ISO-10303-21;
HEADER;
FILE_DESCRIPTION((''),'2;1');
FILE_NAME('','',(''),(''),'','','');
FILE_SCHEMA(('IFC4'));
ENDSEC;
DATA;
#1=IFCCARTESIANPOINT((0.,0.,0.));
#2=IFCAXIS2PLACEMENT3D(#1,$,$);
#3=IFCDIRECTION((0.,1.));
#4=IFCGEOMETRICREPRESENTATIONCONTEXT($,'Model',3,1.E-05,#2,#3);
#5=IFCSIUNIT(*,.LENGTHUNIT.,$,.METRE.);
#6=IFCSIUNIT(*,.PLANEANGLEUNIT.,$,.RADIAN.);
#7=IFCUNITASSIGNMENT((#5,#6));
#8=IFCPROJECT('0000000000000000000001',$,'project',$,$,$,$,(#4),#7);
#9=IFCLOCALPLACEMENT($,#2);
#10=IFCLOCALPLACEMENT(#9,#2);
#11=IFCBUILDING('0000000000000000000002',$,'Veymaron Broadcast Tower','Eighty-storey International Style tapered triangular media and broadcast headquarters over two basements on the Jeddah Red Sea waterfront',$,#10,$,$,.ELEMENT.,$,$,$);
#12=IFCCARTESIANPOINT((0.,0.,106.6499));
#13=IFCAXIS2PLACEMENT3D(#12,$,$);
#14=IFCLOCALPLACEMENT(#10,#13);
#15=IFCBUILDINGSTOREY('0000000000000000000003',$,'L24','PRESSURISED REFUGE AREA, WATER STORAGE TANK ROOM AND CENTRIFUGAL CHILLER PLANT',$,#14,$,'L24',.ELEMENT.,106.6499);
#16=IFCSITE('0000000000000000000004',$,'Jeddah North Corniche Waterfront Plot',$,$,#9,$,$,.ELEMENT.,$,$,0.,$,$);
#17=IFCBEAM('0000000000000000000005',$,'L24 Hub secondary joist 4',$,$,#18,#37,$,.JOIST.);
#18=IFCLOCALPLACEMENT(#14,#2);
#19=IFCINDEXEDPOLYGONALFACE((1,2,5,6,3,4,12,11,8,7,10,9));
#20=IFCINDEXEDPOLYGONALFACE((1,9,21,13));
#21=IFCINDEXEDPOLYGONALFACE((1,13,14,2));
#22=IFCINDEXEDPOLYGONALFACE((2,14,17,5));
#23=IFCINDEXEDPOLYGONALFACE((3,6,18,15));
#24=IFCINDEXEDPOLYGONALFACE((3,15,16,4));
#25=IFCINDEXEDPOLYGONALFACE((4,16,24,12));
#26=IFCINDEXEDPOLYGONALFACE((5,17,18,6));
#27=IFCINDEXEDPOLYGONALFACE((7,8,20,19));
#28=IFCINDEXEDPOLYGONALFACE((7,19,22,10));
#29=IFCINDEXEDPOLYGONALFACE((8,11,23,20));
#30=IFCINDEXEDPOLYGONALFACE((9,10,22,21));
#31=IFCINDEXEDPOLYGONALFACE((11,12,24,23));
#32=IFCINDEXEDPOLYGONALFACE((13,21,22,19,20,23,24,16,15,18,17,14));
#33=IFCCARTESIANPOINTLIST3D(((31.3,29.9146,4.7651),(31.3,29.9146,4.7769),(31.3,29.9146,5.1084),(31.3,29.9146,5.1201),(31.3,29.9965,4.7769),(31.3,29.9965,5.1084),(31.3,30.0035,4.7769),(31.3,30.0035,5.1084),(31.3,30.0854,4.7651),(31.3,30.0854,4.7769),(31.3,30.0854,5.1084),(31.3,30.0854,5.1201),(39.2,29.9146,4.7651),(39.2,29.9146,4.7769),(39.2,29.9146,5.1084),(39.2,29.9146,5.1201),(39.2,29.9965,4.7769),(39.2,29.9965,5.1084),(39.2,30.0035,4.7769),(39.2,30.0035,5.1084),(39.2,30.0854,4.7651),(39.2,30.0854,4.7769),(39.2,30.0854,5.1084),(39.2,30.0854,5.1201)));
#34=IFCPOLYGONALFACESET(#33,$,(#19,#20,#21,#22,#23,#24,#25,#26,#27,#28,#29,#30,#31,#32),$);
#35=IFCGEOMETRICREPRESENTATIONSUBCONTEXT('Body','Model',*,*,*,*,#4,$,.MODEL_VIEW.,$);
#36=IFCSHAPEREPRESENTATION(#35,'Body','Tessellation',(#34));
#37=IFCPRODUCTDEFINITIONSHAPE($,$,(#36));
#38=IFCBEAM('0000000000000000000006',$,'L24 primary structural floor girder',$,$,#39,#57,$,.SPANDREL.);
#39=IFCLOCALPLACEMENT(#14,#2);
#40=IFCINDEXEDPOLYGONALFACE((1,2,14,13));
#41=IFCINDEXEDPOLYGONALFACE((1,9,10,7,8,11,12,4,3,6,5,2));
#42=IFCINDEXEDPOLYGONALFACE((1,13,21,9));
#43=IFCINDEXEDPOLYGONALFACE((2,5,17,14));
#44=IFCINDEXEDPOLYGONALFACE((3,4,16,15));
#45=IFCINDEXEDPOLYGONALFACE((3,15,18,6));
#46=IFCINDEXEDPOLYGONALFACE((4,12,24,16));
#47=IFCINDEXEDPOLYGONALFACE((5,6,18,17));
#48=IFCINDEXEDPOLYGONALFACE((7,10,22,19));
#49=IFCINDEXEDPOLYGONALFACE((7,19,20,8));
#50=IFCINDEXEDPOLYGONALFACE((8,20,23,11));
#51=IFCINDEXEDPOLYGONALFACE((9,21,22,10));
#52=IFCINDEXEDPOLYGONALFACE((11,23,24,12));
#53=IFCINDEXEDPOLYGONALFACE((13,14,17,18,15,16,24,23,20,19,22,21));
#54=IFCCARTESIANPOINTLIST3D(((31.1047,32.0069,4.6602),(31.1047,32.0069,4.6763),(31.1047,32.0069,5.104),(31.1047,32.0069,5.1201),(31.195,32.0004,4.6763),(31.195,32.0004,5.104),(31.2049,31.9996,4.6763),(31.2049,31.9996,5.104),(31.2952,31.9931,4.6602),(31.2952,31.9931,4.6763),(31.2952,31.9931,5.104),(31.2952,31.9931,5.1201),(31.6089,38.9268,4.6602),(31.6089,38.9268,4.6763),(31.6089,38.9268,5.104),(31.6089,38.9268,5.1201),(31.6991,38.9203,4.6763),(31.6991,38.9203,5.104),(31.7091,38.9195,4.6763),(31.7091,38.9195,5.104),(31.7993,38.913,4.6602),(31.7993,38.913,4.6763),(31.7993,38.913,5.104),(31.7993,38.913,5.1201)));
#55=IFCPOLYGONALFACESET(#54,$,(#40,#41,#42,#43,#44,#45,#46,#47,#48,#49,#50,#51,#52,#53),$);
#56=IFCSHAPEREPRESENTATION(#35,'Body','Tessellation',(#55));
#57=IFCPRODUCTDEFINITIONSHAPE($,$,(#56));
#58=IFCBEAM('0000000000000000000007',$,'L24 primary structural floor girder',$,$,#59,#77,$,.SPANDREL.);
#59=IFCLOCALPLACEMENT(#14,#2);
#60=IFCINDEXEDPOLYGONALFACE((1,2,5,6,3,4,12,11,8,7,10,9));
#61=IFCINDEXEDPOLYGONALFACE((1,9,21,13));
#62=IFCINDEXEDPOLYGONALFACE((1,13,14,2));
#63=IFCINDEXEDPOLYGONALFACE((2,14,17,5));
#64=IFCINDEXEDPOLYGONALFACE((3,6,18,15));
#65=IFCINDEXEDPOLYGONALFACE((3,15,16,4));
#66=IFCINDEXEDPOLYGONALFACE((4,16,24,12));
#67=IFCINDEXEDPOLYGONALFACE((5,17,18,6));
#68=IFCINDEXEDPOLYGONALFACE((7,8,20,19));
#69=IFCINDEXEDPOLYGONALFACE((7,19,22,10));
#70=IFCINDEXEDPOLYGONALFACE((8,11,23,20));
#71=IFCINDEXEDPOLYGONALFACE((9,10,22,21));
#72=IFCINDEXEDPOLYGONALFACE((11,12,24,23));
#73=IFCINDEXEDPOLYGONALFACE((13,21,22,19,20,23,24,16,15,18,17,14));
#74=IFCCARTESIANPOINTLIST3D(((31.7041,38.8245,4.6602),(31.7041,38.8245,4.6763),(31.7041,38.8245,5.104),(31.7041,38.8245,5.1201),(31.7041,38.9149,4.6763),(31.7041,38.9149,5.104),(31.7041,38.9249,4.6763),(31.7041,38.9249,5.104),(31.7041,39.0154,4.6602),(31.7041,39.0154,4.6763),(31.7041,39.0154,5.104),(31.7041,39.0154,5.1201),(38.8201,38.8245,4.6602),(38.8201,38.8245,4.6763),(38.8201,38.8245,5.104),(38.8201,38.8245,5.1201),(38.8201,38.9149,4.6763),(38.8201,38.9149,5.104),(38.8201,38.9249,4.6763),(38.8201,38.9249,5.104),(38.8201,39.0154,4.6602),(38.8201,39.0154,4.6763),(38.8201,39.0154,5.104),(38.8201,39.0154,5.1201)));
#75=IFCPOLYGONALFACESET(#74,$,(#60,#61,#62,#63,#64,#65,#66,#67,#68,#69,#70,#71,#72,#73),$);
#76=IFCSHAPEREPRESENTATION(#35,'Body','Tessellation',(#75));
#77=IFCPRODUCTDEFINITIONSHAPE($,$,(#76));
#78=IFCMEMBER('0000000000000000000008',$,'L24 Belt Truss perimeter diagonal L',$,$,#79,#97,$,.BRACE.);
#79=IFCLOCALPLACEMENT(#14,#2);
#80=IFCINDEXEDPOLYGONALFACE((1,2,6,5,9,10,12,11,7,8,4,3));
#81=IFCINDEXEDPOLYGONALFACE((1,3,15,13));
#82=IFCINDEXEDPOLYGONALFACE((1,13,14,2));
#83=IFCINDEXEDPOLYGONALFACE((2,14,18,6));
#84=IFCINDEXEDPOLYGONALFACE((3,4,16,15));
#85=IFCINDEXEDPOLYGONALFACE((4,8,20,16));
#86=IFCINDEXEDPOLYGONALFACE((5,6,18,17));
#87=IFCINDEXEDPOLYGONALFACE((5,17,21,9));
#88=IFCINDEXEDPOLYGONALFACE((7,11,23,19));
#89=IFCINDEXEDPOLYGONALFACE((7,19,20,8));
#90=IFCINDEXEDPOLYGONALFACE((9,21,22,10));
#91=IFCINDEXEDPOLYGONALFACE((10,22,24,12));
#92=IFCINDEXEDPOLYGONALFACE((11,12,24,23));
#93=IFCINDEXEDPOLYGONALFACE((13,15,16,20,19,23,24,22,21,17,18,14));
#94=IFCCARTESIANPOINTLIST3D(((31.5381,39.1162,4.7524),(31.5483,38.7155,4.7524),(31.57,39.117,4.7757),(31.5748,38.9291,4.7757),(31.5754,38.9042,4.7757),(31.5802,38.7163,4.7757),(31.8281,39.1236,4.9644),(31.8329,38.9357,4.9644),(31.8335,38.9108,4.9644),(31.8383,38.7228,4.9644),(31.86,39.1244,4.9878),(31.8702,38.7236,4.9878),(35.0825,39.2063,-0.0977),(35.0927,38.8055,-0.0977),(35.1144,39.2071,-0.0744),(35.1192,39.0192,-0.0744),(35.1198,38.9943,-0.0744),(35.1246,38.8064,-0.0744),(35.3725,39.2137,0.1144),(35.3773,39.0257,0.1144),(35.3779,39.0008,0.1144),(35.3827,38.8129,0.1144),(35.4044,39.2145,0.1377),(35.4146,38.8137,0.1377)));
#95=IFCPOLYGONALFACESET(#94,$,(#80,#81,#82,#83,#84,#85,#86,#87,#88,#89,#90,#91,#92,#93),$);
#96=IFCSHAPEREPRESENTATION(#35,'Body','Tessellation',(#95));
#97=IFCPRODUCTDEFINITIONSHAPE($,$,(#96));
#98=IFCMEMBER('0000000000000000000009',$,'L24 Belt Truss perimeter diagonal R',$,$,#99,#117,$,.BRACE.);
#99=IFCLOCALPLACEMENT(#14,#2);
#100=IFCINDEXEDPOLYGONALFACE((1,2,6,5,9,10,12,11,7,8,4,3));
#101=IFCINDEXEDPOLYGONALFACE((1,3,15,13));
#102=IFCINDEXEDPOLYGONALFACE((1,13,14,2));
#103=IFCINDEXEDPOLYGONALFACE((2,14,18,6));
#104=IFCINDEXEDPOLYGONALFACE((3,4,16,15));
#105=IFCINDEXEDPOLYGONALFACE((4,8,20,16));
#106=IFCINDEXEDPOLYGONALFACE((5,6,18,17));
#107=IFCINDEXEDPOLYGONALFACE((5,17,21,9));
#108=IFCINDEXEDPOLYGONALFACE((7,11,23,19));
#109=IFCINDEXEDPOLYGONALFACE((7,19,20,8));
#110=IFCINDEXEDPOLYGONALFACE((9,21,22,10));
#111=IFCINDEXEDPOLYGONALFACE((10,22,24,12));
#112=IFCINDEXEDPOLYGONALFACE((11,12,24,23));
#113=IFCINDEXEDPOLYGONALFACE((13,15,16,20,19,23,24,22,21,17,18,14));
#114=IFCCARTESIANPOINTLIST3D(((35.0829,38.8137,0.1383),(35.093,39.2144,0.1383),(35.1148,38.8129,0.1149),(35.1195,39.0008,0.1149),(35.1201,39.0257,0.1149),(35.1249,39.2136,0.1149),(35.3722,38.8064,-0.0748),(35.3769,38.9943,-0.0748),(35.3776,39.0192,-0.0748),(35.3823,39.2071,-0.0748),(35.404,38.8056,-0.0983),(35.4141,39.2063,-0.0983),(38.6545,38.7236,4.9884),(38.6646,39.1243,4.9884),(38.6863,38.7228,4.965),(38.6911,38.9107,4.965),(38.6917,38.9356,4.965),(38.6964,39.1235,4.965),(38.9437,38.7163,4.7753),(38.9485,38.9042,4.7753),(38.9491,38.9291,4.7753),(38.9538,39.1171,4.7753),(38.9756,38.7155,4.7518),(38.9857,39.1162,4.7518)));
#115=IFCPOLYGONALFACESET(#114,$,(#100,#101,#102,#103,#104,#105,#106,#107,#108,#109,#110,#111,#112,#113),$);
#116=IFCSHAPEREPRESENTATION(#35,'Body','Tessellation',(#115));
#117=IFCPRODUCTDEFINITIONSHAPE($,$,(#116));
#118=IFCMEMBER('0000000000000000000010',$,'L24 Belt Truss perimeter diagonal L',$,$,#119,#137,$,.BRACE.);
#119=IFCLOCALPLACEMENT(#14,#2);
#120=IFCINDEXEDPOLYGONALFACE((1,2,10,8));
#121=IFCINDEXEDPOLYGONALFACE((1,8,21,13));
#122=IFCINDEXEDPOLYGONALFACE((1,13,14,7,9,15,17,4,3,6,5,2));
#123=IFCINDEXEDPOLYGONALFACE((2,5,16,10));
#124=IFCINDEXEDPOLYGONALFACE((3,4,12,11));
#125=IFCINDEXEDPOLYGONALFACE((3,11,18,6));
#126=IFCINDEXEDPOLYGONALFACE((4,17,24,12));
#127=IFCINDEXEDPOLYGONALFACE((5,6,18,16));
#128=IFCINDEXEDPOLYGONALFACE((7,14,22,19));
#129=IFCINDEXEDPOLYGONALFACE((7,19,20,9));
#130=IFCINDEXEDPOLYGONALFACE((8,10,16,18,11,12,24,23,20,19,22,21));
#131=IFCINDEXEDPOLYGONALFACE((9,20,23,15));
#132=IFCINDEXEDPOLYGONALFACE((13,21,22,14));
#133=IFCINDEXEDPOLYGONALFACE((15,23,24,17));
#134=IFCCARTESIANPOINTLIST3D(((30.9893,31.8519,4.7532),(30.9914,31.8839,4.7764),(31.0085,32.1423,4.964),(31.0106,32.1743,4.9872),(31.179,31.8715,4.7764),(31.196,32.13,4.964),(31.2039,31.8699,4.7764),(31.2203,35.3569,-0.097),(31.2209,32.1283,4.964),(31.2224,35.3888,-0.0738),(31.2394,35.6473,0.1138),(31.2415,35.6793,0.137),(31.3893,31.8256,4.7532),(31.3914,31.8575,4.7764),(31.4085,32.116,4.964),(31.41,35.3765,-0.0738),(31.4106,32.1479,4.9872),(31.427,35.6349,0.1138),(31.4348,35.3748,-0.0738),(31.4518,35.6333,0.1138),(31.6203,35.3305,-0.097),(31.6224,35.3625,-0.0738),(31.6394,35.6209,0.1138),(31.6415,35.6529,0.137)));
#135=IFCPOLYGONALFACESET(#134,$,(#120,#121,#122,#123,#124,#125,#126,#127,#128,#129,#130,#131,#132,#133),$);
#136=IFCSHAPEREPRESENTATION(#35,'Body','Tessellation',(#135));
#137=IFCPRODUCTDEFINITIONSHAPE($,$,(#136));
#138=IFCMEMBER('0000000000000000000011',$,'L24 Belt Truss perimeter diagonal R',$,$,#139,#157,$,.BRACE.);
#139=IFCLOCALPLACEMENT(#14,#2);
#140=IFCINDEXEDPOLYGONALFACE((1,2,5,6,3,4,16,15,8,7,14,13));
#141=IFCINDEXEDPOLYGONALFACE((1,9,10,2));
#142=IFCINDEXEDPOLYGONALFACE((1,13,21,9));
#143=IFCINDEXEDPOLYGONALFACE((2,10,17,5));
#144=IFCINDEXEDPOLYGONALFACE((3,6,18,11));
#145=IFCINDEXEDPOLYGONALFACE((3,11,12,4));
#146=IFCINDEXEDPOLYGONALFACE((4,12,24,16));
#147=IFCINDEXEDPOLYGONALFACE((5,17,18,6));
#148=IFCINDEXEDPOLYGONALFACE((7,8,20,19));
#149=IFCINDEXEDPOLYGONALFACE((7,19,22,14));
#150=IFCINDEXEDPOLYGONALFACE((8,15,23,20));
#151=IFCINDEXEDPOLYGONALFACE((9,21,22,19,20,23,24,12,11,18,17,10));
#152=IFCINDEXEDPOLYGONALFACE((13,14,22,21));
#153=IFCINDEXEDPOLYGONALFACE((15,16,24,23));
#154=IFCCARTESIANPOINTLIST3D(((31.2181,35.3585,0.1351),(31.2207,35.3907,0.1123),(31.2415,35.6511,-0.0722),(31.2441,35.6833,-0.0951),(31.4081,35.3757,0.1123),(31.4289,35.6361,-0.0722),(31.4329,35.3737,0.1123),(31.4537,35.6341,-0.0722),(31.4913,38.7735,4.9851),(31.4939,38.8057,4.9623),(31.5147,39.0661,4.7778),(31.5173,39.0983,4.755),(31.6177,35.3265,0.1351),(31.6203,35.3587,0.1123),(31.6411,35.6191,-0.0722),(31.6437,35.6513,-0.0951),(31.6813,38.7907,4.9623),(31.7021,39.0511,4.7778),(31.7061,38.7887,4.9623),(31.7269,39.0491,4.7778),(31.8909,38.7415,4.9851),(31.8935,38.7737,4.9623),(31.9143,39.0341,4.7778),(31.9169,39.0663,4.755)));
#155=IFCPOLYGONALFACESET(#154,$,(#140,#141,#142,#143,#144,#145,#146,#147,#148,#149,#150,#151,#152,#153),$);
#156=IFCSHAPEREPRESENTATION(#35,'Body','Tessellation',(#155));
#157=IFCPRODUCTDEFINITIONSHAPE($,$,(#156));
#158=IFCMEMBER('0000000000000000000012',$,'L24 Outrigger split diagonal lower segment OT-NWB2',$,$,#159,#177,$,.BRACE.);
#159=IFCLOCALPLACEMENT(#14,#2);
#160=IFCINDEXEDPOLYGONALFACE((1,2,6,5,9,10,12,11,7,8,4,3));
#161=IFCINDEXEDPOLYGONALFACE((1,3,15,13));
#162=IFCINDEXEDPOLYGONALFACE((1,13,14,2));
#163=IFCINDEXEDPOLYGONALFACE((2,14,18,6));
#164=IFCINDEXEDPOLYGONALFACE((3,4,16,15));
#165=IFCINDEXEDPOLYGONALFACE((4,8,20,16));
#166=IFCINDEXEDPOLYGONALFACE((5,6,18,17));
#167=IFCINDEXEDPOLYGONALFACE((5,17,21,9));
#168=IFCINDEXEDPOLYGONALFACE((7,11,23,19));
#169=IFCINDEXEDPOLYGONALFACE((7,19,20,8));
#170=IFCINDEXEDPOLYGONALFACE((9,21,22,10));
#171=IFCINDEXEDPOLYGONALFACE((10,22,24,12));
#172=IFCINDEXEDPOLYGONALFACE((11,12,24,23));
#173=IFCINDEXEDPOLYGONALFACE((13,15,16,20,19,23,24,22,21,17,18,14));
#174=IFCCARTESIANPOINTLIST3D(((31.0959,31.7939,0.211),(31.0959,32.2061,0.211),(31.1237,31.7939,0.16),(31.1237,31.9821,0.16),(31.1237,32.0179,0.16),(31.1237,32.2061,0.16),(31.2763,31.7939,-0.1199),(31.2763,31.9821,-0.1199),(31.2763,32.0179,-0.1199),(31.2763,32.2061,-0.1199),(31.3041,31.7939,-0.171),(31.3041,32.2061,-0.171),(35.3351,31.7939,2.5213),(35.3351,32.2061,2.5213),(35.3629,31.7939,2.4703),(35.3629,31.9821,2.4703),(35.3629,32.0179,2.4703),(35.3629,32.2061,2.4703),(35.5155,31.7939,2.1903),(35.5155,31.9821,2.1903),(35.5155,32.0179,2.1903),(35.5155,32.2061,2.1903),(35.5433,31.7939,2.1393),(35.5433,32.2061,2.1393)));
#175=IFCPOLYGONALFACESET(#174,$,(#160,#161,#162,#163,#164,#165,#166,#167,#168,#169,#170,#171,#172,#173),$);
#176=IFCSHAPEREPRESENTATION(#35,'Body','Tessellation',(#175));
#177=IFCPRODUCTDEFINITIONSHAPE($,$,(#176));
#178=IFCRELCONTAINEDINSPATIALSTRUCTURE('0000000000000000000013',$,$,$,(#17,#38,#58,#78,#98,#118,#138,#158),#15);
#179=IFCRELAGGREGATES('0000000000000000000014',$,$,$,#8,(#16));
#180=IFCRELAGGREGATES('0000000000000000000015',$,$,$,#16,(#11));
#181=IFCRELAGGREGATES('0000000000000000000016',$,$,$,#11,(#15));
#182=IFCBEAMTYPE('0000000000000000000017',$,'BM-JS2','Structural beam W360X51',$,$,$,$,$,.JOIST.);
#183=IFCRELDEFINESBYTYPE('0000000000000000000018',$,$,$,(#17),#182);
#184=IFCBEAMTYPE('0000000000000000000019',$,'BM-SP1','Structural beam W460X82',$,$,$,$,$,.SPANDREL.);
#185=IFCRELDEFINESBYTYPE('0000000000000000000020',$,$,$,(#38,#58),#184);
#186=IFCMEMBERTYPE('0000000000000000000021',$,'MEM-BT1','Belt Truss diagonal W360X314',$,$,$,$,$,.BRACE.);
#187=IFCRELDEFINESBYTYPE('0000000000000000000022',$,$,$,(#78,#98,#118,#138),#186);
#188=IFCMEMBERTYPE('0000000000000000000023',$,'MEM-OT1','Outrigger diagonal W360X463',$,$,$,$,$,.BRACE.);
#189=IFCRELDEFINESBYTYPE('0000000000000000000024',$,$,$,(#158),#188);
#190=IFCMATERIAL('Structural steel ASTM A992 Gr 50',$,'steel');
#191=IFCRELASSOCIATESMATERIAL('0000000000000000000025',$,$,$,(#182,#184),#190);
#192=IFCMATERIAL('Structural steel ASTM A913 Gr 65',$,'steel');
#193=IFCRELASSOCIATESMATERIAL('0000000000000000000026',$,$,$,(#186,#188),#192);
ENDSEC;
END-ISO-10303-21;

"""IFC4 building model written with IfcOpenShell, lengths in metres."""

from ifc_helpers import new_model, si_unit, direction, frame, origin, origin_2d, place, context, subcontext, project, spatial, i_section, extrude, material, material_profile, profile_set, type_object, element, save


model = new_model("IFC4")

# Units and contexts
model_context = context("Model", 3, precision=1e-05, world=origin(), true_north=direction((0.0, 1.0)))
body_context = subcontext(model_context, "Body", "Model", "MODEL_VIEW")
ifc_project = project(units=[si_unit("LENGTHUNIT", "METRE"), si_unit("PLANEANGLEUNIT", "RADIAN")], contexts=[model_context])

# Site, building, storey
site_placement = place(None, origin())
site = spatial("IfcSite", under=ifc_project, at=site_placement, Name="Jeddah North Corniche Waterfront Plot", CompositionType="ELEMENT", RefElevation=0.0)
building_placement = place(site_placement, origin())
building = spatial("IfcBuilding", under=site, at=building_placement, Name="Veymaron Broadcast Tower", Description="Eighty-storey International Style tapered triangular media and broadcast headquarters over two basements on the Jeddah Red Sea waterfront", CompositionType="ELEMENT")
storey_placement = place(building_placement, frame((0.0, 0.0, 106.6499)))
storey = spatial("IfcBuildingStorey", under=building, at=storey_placement, Name="L24", Description="PRESSURISED REFUGE AREA, WATER STORAGE TANK ROOM AND CENTRIFUGAL CHILLER PLANT", LongName="L24", CompositionType="ELEMENT", Elevation=106.6499)

# Shared definitions
ifc_material_1 = material(Name="Structural steel ASTM A992 Gr 50", Category="steel")
ifc_material_2 = material(Name="Structural steel ASTM A913 Gr 65", Category="steel")

# Beams
ifc_material_profile_1 = material_profile(ifc_material_1, i_section(OverallWidth=0.1709, OverallDepth=0.355, WebThickness=0.0071, FlangeThickness=0.0117, at=origin_2d()), Name="W360X51")
ifc_profile_set_1 = profile_set([ifc_material_profile_1], Name="Structural steel ASTM A992 Gr 50")
beam_type_1 = type_object("IfcBeamType", Name="BM-JS2", Description="Structural beam W360X51", PredefinedType="JOIST", material=ifc_profile_set_1)
for number, where, z_axis, x_axis, name in (
    (1, (31.3, 30.0, 4.9426), (1.0, 0.0, 0.0), (0.0, 1.0, 0.0), "L24 Hub secondary joist 4"),
):
    element("IfcBeam", number, at=place(storey_placement, frame(where, z_axis=z_axis, x_axis=x_axis)), inside=storey, type_object=beam_type_1, Name=name, PredefinedType="JOIST", context=body_context, shape_type="SweptSolid", body=[
        extrude(i_section(OverallWidth=0.1709, OverallDepth=0.355, WebThickness=0.0071, FlangeThickness=0.0117, at=origin_2d()), origin(), (0.0, 0.0, 1.0), 7.8999),
    ])
ifc_material_profile_2 = material_profile(ifc_material_1, i_section(OverallWidth=0.1909, OverallDepth=0.46, WebThickness=0.01, FlangeThickness=0.0161, at=origin_2d()), Name="W460X82")
ifc_profile_set_2 = profile_set([ifc_material_profile_2], Name="Structural steel ASTM A992 Gr 50")
beam_type_2 = type_object("IfcBeamType", Name="BM-SP1", Description="Structural beam W460X82", PredefinedType="SPANDREL", material=ifc_profile_set_2)
beam_1_placement = place(storey_placement, frame((31.2, 32.0, 4.8901), z_axis=(0.072662, 0.997357, 0.0), x_axis=(-0.997357, 0.072662, 0.0)))
element("IfcBeam", 2, at=beam_1_placement, inside=storey, type_object=beam_type_2, Name="L24 primary structural floor girder", PredefinedType="SPANDREL", context=body_context, shape_type="SweptSolid", body=[
    extrude(i_section(OverallWidth=0.1909, OverallDepth=0.46, WebThickness=0.01, FlangeThickness=0.0161, at=origin_2d()), origin(), (0.0, 0.0, 1.0), 6.9382),
])
beam_2_placement = place(storey_placement, frame((31.7041, 38.9199, 4.8901), z_axis=(1.0, 0.0, 0.0), x_axis=(0.0, 1.0, 0.0)))
element("IfcBeam", 3, at=beam_2_placement, inside=storey, type_object=beam_type_2, Name="L24 primary structural floor girder", PredefinedType="SPANDREL", context=body_context, shape_type="SweptSolid", body=[
    extrude(i_section(OverallWidth=0.1909, OverallDepth=0.46, WebThickness=0.01, FlangeThickness=0.0161, at=origin_2d()), origin(), (0.0, 0.0, 1.0), 7.116),
])

# Members
ifc_material_profile_3 = material_profile(ifc_material_2, i_section(OverallWidth=0.4009, OverallDepth=0.3989, WebThickness=0.0249, FlangeThickness=0.0396, at=origin_2d()), Name="W360X314")
ifc_profile_set_3 = profile_set([ifc_material_profile_3], Name="Structural steel ASTM A913 Gr 65")
member_type_1 = type_object("IfcMemberType", Name="MEM-BT1", Description="Belt Truss diagonal W360X314", PredefinedType="BRACE", material=ifc_profile_set_3)
member_1_placement = place(storey_placement, frame((35.2485, 39.01, 0.02), z_axis=(-0.589965, -0.014995, 0.80729), x_axis=(0.025409, -0.999677, 0.0)))
element("IfcMember", 4, at=member_1_placement, inside=storey, type_object=member_type_1, Name="L24 Belt Truss perimeter diagonal L", PredefinedType="BRACE", context=body_context, shape_type="SweptSolid", body=[
    extrude(i_section(OverallWidth=0.4009, OverallDepth=0.3989, WebThickness=0.0249, FlangeThickness=0.0396, at=origin_2d()), origin(), (0.0, 0.0, 1.0), 6.0078),
])
member_2_placement = place(storey_placement, frame((35.2485, 39.01, 0.02), z_axis=(0.592894, -0.014955, 0.805142), x_axis=(0.025216, 0.999682, 0.0)))
element("IfcMember", 5, at=member_2_placement, inside=storey, type_object=member_type_1, Name="L24 Belt Truss perimeter diagonal R", PredefinedType="BRACE", context=body_context, shape_type="SweptSolid", body=[
    extrude(i_section(OverallWidth=0.4009, OverallDepth=0.3989, WebThickness=0.0249, FlangeThickness=0.0396, at=origin_2d()), origin(), (0.0, 0.0, 1.0), 6.0239),
])
member_3_placement = place(storey_placement, frame((31.4309, 35.5049, 0.02), z_axis=(-0.038567, -0.585278, 0.809915), x_axis=(0.997836, -0.065753, 0.0)))
element("IfcMember", 6, at=member_3_placement, inside=storey, type_object=member_type_1, Name="L24 Belt Truss perimeter diagonal L", PredefinedType="BRACE", context=body_context, shape_type="SweptSolid", body=[
    extrude(i_section(OverallWidth=0.4009, OverallDepth=0.3989, WebThickness=0.0249, FlangeThickness=0.0396, at=origin_2d()), origin(), (0.0, 0.0, 1.0), 5.9885),
])
member_4_placement = place(storey_placement, frame((31.4309, 35.5049, 0.02), z_axis=(0.046007, 0.57511, 0.816781), x_axis=(-0.996816, 0.079742, 0.0)))
element("IfcMember", 7, at=member_4_placement, inside=storey, type_object=member_type_1, Name="L24 Belt Truss perimeter diagonal R", PredefinedType="BRACE", context=body_context, shape_type="SweptSolid", body=[
    extrude(i_section(OverallWidth=0.4009, OverallDepth=0.3989, WebThickness=0.0249, FlangeThickness=0.0396, at=origin_2d()), origin(), (0.0, 0.0, 1.0), 5.938),
])
ifc_material_profile_4 = material_profile(ifc_material_2, i_section(OverallWidth=0.4121, OverallDepth=0.4351, WebThickness=0.0359, FlangeThickness=0.0581, at=origin_2d()), Name="W360X463")
ifc_profile_set_4 = profile_set([ifc_material_profile_4], Name="Structural steel ASTM A913 Gr 65")
member_type_2 = type_object("IfcMemberType", Name="MEM-OT1", Description="Outrigger diagonal W360X463", PredefinedType="BRACE", material=ifc_profile_set_4)
member_5_placement = place(storey_placement, frame((35.4392, 32.0, 2.3303), z_axis=(-0.878071, 0.0, -0.47853), x_axis=(0.0, -1.0, 0.0)))
element("IfcMember", 8, at=member_5_placement, inside=storey, type_object=member_type_2, Name="L24 Outrigger split diagonal lower segment OT-NWB2", PredefinedType="BRACE", context=body_context, shape_type="SweptSolid", body=[
    extrude(i_section(OverallWidth=0.4121, OverallDepth=0.4351, WebThickness=0.0359, FlangeThickness=0.0581, at=origin_2d()), origin(), (0.0, 0.0, 1.0), 4.8279),
])

save(model, "model.ifc")
